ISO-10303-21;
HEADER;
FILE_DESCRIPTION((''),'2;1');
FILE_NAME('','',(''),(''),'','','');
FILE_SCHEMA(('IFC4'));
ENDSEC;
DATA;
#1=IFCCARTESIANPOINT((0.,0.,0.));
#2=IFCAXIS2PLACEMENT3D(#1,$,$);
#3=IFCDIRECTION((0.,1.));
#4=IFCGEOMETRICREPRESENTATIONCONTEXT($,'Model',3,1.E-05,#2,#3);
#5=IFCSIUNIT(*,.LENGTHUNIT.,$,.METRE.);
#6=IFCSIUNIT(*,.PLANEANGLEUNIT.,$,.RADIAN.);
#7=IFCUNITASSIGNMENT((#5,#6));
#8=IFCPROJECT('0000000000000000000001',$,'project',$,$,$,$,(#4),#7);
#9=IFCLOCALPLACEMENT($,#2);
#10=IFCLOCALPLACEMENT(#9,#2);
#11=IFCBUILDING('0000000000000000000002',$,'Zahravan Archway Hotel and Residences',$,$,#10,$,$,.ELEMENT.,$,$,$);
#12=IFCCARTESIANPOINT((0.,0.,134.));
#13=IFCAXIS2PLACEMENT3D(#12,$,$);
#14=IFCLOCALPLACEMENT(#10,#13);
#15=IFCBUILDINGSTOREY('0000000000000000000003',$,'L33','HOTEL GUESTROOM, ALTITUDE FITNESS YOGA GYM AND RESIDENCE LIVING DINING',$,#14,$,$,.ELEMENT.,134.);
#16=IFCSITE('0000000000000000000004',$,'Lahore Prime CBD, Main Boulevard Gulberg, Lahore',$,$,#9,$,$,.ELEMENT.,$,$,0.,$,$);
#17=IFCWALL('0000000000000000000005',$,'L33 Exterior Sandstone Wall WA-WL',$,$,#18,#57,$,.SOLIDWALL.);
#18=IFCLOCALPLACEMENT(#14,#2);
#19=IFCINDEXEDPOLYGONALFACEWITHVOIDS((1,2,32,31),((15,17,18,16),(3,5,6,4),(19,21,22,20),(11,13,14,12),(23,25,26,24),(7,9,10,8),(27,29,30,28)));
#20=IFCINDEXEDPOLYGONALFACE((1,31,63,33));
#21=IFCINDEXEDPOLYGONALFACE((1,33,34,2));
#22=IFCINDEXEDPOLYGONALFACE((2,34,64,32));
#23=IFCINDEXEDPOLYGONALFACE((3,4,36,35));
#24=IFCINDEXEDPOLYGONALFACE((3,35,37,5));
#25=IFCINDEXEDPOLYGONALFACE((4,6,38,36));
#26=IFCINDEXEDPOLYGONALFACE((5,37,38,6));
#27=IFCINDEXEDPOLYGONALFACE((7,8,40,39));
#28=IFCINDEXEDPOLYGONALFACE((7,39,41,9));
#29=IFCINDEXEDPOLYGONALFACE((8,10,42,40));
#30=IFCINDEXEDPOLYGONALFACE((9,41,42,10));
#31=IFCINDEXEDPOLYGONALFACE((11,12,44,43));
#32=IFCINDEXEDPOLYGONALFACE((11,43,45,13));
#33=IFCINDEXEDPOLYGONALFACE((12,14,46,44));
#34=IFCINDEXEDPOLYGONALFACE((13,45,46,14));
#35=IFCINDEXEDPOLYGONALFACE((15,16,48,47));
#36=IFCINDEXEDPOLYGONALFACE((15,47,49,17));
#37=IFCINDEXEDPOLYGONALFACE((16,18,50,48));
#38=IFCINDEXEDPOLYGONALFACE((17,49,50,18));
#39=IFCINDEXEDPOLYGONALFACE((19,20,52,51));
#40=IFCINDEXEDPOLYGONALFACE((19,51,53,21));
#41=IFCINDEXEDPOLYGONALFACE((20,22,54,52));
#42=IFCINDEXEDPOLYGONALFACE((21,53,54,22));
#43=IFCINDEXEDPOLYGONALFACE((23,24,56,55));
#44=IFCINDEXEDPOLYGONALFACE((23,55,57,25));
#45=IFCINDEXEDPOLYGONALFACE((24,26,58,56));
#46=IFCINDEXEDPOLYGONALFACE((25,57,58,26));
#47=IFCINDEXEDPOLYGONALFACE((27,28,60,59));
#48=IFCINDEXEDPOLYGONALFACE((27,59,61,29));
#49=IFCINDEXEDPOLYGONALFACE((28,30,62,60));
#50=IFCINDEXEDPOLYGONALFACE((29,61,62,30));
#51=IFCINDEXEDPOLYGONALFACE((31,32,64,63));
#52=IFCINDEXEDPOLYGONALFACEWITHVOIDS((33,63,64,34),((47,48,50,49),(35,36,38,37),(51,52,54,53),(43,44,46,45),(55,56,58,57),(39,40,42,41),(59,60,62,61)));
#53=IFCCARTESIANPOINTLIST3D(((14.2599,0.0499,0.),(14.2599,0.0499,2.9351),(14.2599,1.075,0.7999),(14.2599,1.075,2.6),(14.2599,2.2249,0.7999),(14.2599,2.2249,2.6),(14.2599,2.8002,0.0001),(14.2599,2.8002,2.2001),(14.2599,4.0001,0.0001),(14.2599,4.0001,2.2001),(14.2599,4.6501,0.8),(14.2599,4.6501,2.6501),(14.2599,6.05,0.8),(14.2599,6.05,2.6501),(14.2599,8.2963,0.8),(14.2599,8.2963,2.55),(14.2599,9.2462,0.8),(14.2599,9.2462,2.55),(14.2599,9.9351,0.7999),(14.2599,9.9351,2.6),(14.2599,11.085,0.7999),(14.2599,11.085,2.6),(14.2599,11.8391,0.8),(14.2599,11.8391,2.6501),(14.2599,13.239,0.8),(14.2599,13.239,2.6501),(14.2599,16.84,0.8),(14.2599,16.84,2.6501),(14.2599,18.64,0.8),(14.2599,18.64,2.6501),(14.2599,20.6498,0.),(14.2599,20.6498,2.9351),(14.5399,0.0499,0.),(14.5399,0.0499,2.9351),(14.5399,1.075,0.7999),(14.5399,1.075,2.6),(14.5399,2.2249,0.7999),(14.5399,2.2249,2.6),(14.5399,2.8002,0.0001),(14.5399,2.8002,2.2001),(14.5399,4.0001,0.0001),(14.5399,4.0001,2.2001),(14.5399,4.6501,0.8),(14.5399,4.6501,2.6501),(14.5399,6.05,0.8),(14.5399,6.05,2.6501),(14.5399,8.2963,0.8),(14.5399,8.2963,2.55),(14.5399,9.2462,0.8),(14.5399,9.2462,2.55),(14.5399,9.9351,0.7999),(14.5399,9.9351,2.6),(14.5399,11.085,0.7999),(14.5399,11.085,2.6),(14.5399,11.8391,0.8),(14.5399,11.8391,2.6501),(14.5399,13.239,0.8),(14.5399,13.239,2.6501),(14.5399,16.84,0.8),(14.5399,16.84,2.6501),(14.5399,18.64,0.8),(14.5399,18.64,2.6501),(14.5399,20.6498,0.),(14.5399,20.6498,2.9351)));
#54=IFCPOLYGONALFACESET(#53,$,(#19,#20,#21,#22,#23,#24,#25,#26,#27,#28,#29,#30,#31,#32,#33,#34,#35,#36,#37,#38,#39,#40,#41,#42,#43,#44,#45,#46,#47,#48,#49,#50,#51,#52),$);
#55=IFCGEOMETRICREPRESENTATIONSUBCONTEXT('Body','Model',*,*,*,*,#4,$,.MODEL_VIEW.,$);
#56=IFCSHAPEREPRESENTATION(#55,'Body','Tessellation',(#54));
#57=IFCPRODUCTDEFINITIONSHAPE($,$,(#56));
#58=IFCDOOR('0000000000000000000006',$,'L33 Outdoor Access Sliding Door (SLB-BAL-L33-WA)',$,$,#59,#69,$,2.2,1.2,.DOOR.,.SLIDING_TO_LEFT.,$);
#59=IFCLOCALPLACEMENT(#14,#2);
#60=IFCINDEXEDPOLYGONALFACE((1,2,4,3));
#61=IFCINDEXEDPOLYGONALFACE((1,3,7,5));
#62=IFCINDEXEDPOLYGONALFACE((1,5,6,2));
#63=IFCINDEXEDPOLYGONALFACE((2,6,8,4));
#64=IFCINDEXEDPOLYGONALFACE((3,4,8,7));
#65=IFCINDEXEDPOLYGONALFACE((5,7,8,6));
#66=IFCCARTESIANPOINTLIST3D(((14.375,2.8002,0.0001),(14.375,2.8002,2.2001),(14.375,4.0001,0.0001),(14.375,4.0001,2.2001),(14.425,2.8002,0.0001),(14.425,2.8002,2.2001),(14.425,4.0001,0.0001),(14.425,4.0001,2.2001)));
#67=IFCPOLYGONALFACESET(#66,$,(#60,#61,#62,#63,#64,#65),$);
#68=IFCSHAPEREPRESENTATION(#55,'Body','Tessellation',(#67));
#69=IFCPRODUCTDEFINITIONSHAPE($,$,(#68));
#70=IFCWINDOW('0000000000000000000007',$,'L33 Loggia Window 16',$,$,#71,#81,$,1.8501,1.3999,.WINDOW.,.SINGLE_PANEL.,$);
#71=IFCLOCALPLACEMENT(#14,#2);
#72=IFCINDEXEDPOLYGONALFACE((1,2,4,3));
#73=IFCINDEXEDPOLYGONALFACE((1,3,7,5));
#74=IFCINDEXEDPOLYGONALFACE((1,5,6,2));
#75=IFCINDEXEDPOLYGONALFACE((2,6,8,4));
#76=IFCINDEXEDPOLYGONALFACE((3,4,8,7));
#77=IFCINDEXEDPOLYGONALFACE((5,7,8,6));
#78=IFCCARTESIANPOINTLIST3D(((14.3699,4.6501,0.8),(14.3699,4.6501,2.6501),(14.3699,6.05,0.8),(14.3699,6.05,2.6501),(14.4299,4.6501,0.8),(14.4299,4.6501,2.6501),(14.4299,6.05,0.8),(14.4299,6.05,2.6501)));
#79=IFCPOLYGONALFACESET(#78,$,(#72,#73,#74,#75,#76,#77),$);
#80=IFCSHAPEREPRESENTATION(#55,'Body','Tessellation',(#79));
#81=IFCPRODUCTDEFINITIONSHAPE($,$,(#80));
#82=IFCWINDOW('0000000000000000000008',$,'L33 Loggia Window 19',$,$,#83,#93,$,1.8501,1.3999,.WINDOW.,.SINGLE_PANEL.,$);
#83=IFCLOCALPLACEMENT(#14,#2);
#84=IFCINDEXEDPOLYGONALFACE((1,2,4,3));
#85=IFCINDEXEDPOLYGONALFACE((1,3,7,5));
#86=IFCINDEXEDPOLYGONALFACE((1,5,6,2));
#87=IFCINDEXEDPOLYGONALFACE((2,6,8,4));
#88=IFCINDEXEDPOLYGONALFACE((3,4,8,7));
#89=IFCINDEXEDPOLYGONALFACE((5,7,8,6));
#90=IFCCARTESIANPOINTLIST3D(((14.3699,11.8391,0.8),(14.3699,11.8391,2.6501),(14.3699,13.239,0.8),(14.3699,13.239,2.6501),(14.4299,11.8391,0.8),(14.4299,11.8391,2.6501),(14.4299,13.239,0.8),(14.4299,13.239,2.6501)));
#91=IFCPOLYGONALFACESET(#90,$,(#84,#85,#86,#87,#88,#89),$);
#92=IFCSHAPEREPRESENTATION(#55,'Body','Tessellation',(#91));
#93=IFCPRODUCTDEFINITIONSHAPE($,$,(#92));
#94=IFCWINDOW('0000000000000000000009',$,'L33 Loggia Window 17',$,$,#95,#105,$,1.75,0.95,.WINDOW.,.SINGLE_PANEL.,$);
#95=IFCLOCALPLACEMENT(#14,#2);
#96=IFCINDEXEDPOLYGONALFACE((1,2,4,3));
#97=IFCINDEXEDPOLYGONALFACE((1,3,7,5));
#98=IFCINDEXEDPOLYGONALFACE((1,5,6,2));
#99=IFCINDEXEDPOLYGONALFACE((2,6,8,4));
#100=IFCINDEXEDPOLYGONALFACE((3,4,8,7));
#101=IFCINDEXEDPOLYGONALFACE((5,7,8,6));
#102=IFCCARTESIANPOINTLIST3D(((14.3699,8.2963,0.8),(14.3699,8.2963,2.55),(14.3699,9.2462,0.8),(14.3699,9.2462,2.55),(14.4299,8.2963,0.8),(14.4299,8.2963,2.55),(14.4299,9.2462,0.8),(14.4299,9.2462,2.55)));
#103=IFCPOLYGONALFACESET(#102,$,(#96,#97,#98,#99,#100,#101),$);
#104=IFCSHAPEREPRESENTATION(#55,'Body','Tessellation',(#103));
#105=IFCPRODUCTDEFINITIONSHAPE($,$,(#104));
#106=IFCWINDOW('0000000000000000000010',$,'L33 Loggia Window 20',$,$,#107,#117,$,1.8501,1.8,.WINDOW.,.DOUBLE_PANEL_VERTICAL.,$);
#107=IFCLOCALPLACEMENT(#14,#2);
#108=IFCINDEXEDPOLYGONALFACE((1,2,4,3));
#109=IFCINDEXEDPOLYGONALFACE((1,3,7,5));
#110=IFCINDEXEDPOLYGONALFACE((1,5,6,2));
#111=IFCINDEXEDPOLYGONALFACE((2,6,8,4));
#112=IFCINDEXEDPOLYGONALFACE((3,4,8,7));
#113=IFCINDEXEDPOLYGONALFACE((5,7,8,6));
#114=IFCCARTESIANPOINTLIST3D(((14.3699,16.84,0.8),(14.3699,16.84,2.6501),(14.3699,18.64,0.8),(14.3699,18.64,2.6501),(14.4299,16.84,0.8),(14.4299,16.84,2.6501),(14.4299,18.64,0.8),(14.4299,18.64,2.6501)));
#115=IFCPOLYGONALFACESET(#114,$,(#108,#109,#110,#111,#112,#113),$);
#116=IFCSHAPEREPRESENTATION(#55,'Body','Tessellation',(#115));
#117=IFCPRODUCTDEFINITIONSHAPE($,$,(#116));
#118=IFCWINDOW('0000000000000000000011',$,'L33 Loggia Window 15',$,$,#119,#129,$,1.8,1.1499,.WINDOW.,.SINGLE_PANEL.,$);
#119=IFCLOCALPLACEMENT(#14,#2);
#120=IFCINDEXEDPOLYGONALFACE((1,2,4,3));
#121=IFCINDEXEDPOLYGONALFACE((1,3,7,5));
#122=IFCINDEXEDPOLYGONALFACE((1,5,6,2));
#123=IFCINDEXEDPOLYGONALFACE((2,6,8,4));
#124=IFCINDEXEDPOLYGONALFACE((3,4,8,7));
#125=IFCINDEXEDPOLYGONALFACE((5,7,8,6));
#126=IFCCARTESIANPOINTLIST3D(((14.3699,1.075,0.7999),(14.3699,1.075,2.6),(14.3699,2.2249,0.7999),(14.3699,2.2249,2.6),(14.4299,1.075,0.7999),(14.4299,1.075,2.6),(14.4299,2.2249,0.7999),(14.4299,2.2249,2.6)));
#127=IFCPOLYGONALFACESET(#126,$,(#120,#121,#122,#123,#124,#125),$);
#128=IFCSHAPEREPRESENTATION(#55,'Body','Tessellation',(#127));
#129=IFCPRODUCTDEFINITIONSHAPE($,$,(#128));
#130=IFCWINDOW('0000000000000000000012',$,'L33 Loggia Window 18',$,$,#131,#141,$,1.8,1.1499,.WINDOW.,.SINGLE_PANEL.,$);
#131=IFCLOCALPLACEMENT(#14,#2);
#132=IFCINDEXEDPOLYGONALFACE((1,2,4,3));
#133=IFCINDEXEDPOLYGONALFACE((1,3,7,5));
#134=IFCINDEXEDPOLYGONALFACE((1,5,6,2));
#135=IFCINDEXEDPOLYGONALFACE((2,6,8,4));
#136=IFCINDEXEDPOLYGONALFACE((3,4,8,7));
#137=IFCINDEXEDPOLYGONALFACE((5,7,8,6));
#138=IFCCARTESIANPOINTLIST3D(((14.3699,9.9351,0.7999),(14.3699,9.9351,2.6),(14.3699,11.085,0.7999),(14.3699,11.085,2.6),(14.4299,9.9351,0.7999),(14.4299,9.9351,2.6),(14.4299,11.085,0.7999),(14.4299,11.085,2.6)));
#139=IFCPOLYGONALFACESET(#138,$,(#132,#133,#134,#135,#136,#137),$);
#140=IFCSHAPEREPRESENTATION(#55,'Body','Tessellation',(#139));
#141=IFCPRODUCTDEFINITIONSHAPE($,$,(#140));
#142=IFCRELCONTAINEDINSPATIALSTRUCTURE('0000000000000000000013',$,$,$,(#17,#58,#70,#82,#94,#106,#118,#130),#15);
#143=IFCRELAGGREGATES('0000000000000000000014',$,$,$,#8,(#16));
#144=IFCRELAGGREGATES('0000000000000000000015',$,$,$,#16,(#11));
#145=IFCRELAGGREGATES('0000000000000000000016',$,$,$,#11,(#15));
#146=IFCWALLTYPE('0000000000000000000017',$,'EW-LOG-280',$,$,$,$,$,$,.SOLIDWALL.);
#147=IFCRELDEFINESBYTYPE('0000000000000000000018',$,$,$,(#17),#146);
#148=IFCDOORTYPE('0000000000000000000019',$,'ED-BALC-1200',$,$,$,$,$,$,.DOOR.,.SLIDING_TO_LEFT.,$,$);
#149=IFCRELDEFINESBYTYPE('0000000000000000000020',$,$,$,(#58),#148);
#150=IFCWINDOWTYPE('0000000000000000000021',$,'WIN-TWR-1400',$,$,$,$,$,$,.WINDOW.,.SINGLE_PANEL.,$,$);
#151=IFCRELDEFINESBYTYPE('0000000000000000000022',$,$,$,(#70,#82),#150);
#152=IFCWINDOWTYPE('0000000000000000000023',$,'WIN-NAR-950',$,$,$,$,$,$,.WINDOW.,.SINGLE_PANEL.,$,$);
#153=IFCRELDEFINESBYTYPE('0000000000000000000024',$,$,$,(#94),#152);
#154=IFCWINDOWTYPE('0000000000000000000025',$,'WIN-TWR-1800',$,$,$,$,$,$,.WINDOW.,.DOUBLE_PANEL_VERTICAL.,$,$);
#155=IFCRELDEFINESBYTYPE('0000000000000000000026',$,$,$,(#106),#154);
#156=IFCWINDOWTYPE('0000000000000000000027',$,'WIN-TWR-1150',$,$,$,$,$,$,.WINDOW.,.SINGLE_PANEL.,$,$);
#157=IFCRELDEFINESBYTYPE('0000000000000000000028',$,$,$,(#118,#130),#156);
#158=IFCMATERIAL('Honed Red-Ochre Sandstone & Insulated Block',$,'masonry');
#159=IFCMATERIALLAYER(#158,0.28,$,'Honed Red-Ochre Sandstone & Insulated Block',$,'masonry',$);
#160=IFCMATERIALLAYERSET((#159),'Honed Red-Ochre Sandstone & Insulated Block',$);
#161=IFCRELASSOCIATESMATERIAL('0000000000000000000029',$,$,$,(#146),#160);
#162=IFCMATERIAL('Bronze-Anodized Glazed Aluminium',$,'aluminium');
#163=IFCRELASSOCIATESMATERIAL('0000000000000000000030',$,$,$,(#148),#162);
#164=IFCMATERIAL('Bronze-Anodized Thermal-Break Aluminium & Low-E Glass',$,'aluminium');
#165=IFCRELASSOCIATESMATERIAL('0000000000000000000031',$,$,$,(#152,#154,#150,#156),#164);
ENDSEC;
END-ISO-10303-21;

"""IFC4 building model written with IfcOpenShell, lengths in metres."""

from ifc_helpers import new_model, si_unit, direction, frame, frame_2d, origin, place, context, subcontext, project, spatial, rectangle, extrude, source, transform, mapped, material, layer, layer_set, type_object, type_shapes, element, fill, save


model = new_model("IFC4")

# Units and contexts
model_context = context("Model", 3, precision=1e-05, world=origin(), true_north=direction((0.0, 1.0)))
body_context = subcontext(model_context, "Body", "Model", "MODEL_VIEW")
ifc_project = project(units=[si_unit("LENGTHUNIT", "METRE"), si_unit("PLANEANGLEUNIT", "RADIAN")], contexts=[model_context])

# Site, building, storey
site_placement = place(None, origin())
site = spatial("IfcSite", under=ifc_project, at=site_placement, Name="Lahore Prime CBD, Main Boulevard Gulberg, Lahore", CompositionType="ELEMENT", RefElevation=0.0)
building_placement = place(site_placement, origin())
building = spatial("IfcBuilding", under=site, at=building_placement, Name="Zahravan Archway Hotel and Residences", CompositionType="ELEMENT")
storey_placement = place(building_placement, frame((0.0, 0.0, 134.0)))
storey = spatial("IfcBuildingStorey", under=building, at=storey_placement, Name="L33", Description="HOTEL GUESTROOM, ALTITUDE FITNESS YOGA GYM AND RESIDENCE LIVING DINING", CompositionType="ELEMENT", Elevation=134.0)

# Wall, openings, door, windows
ifc_material_1 = material(Name="Honed Red-Ochre Sandstone & Insulated Block", Category="masonry")
ifc_layer = layer(ifc_material_1, 0.28, Name="Honed Red-Ochre Sandstone & Insulated Block", Category="masonry")
ifc_layer_set = layer_set([ifc_layer], Name="Honed Red-Ochre Sandstone & Insulated Block")
wall_type = type_object("IfcWallType", Name="EW-LOG-280", PredefinedType="SOLIDWALL", material=ifc_layer_set)
ifc_material_2 = material(Name="Bronze-Anodized Glazed Aluminium", Category="aluminium")
door_type = type_object("IfcDoorType", Name="ED-BALC-1200", OperationType="SLIDING_TO_LEFT", PredefinedType="DOOR", material=ifc_material_2)
shared_shape_1 = source(origin(), body_context, "Body", "SweptSolid", [
    extrude(rectangle(XDim=1.2, YDim=2.2, at=frame_2d((0.6001, 1.1001))), frame((0.0, 0.0249, 0.0), z_axis=(0.0, -1.0, 0.0), x_axis=(1.0, 0.0, 0.0)), (0.0, 0.0, 1.0), 0.05),
])
type_shapes(door_type, [shared_shape_1])
ifc_material_3 = material(Name="Bronze-Anodized Thermal-Break Aluminium & Low-E Glass", Category="aluminium")
window_type_1 = type_object("IfcWindowType", Name="WIN-NAR-950", PartitioningType="SINGLE_PANEL", PredefinedType="WINDOW", material=ifc_material_3)
shared_shape_2 = source(origin(), body_context, "Body", "SweptSolid", [
    extrude(rectangle(XDim=0.95, YDim=1.75, at=frame_2d((0.4751, 0.875))), frame((0.0, 0.03, 0.0), z_axis=(0.0, -1.0, 0.0), x_axis=(1.0, 0.0, 0.0)), (0.0, 0.0, 1.0), 0.0601),
])
type_shapes(window_type_1, [shared_shape_2])
window_type_2 = type_object("IfcWindowType", Name="WIN-TWR-1800", PartitioningType="DOUBLE_PANEL_VERTICAL", PredefinedType="WINDOW", material=ifc_material_3)
shared_shape_3 = source(origin(), body_context, "Body", "SweptSolid", [
    extrude(rectangle(XDim=1.8, YDim=1.8501, at=frame_2d((0.8999, 0.925))), frame((0.0, 0.03, 0.0), z_axis=(0.0, -1.0, 0.0), x_axis=(1.0, 0.0, 0.0)), (0.0, 0.0, 1.0), 0.0601),
])
type_shapes(window_type_2, [shared_shape_3])
wall_1_placement = place(storey_placement, frame((14.3999, 0.05, 0.0), z_axis=(0.0, 0.0, 1.0), x_axis=(0.0, 1.0, 0.0)))
wall_1 = element("IfcWall", 1, at=wall_1_placement, inside=storey, type_object=wall_type, Name="L33 Exterior Sandstone Wall WA-WL", PredefinedType="SOLIDWALL", context=body_context, shape_type="SweptSolid", body=[
    extrude(rectangle(XDim=20.5999, YDim=0.28, at=frame_2d((10.2998, 0.0))), origin(), (0.0, 0.0, 1.0), 2.9351),
])
opening_1_placement = place(wall_1_placement, frame((2.75, 0.0, 0.0)))
opening_1 = element("IfcOpeningElement", 2, at=opening_1_placement, cuts=wall_1, PredefinedType="OPENING", context=body_context, shape_type="SweptSolid", body=[
    extrude(rectangle(XDim=1.2, YDim=2.2, at=frame_2d((0.6001, 1.1001))), frame((0.0, 0.1499, 0.0), z_axis=(0.0, -1.0, 0.0), x_axis=(1.0, 0.0, 0.0)), (0.0, 0.0, 1.0), 0.3),
])
opening_2_placement = place(wall_1_placement, frame((1.0249, 0.0, 0.8)))
opening_2 = element("IfcOpeningElement", 3, at=opening_2_placement, cuts=wall_1, PredefinedType="OPENING", context=body_context, shape_type="SweptSolid", body=[
    extrude(rectangle(XDim=1.1499, YDim=1.8, at=frame_2d((0.575, 0.8999))), frame((0.0, 0.1499, 0.0), z_axis=(0.0, -1.0, 0.0), x_axis=(1.0, 0.0, 0.0)), (0.0, 0.0, 1.0), 0.3),
])
opening_3_placement = place(wall_1_placement, frame((4.6001, 0.0, 0.8)))
opening_3 = element("IfcOpeningElement", 4, at=opening_3_placement, cuts=wall_1, PredefinedType="OPENING", context=body_context, shape_type="SweptSolid", body=[
    extrude(rectangle(XDim=1.3999, YDim=1.8501, at=frame_2d((0.7, 0.925))), frame((0.0, 0.1499, 0.0), z_axis=(0.0, -1.0, 0.0), x_axis=(1.0, 0.0, 0.0)), (0.0, 0.0, 1.0), 0.3),
])
opening_4_placement = place(wall_1_placement, frame((8.2461, 0.0, 0.8)))
opening_4 = element("IfcOpeningElement", 5, at=opening_4_placement, cuts=wall_1, PredefinedType="OPENING", context=body_context, shape_type="SweptSolid", body=[
    extrude(rectangle(XDim=0.95, YDim=1.75, at=frame_2d((0.4751, 0.875))), frame((0.0, 0.1499, 0.0), z_axis=(0.0, -1.0, 0.0), x_axis=(1.0, 0.0, 0.0)), (0.0, 0.0, 1.0), 0.3),
])
opening_5_placement = place(wall_1_placement, frame((9.885, 0.0, 0.8)))
opening_5 = element("IfcOpeningElement", 6, at=opening_5_placement, cuts=wall_1, PredefinedType="OPENING", context=body_context, shape_type="SweptSolid", body=[
    extrude(rectangle(XDim=1.1499, YDim=1.8, at=frame_2d((0.575, 0.8999))), frame((0.0, 0.1499, 0.0), z_axis=(0.0, -1.0, 0.0), x_axis=(1.0, 0.0, 0.0)), (0.0, 0.0, 1.0), 0.3),
])
opening_6_placement = place(wall_1_placement, frame((11.7891, 0.0, 0.8)))
opening_6 = element("IfcOpeningElement", 7, at=opening_6_placement, cuts=wall_1, PredefinedType="OPENING", context=body_context, shape_type="SweptSolid", body=[
    extrude(rectangle(XDim=1.3999, YDim=1.8501, at=frame_2d((0.7, 0.925))), frame((0.0, 0.1499, 0.0), z_axis=(0.0, -1.0, 0.0), x_axis=(1.0, 0.0, 0.0)), (0.0, 0.0, 1.0), 0.3),
])
opening_7_placement = place(wall_1_placement, frame((16.79, 0.0, 0.8)))
opening_7 = element("IfcOpeningElement", 8, at=opening_7_placement, cuts=wall_1, PredefinedType="OPENING", context=body_context, shape_type="SweptSolid", body=[
    extrude(rectangle(XDim=1.8, YDim=1.8501, at=frame_2d((0.8999, 0.925))), frame((0.0, 0.1499, 0.0), z_axis=(0.0, -1.0, 0.0), x_axis=(1.0, 0.0, 0.0)), (0.0, 0.0, 1.0), 0.3),
])
door_1_placement = place(opening_1_placement, origin())
door_1 = element("IfcDoor", 9, at=door_1_placement, inside=storey, type_object=door_type, Name="L33 Outdoor Access Sliding Door (SLB-BAL-L33-WA)", OperationType="SLIDING_TO_LEFT", OverallHeight=2.2, OverallWidth=1.2, PredefinedType="DOOR", context=body_context, shape_type="MappedRepresentation", body=[
    mapped(shared_shape_1, transform((0.0, 0.0, 0.0), scale=1.0)),
])
fill(opening_1, door_1)
window_type_3 = type_object("IfcWindowType", Name="WIN-TWR-1400", PartitioningType="SINGLE_PANEL", PredefinedType="WINDOW", material=ifc_material_3)
shared_shape_4 = source(origin(), body_context, "Body", "SweptSolid", [
    extrude(rectangle(XDim=1.3999, YDim=1.8501, at=frame_2d((0.7, 0.925))), frame((0.0, 0.03, 0.0), z_axis=(0.0, -1.0, 0.0), x_axis=(1.0, 0.0, 0.0)), (0.0, 0.0, 1.0), 0.0601),
])
type_shapes(window_type_3, [shared_shape_4])
window_1_placement = place(opening_3_placement, origin())
window_1 = element("IfcWindow", 10, at=window_1_placement, inside=storey, type_object=window_type_3, Name="L33 Loggia Window 16", OverallHeight=1.8501, OverallWidth=1.3999, PartitioningType="SINGLE_PANEL", PredefinedType="WINDOW", context=body_context, shape_type="MappedRepresentation", body=[
    mapped(shared_shape_4, transform((0.0, 0.0, 0.0), scale=1.0)),
])
fill(opening_3, window_1)
window_2_placement = place(opening_6_placement, origin())
window_2 = element("IfcWindow", 11, at=window_2_placement, inside=storey, type_object=window_type_3, Name="L33 Loggia Window 19", OverallHeight=1.8501, OverallWidth=1.3999, PartitioningType="SINGLE_PANEL", PredefinedType="WINDOW", context=body_context, shape_type="MappedRepresentation", body=[
    mapped(shared_shape_4, transform((0.0, 0.0, 0.0), scale=1.0)),
])
fill(opening_6, window_2)
window_3_placement = place(opening_4_placement, origin())
window_3 = element("IfcWindow", 12, at=window_3_placement, inside=storey, type_object=window_type_1, Name="L33 Loggia Window 17", OverallHeight=1.75, OverallWidth=0.95, PartitioningType="SINGLE_PANEL", PredefinedType="WINDOW", context=body_context, shape_type="MappedRepresentation", body=[
    mapped(shared_shape_2, transform((0.0, 0.0, 0.0), scale=1.0)),
])
fill(opening_4, window_3)
window_4_placement = place(opening_7_placement, origin())
window_4 = element("IfcWindow", 13, at=window_4_placement, inside=storey, type_object=window_type_2, Name="L33 Loggia Window 20", OverallHeight=1.8501, OverallWidth=1.8, PartitioningType="DOUBLE_PANEL_VERTICAL", PredefinedType="WINDOW", context=body_context, shape_type="MappedRepresentation", body=[
    mapped(shared_shape_3, transform((0.0, 0.0, 0.0), scale=1.0)),
])
fill(opening_7, window_4)
window_type_4 = type_object("IfcWindowType", Name="WIN-TWR-1150", PartitioningType="SINGLE_PANEL", PredefinedType="WINDOW", material=ifc_material_3)
shared_shape_5 = source(origin(), body_context, "Body", "SweptSolid", [
    extrude(rectangle(XDim=1.1499, YDim=1.8, at=frame_2d((0.575, 0.8999))), frame((0.0, 0.03, 0.0), z_axis=(0.0, -1.0, 0.0), x_axis=(1.0, 0.0, 0.0)), (0.0, 0.0, 1.0), 0.0601),
])
type_shapes(window_type_4, [shared_shape_5])
window_5_placement = place(opening_2_placement, origin())
window_5 = element("IfcWindow", 14, at=window_5_placement, inside=storey, type_object=window_type_4, Name="L33 Loggia Window 15", OverallHeight=1.8, OverallWidth=1.1499, PartitioningType="SINGLE_PANEL", PredefinedType="WINDOW", context=body_context, shape_type="MappedRepresentation", body=[
    mapped(shared_shape_5, transform((0.0, 0.0, 0.0), scale=1.0)),
])
fill(opening_2, window_5)
window_6_placement = place(opening_5_placement, origin())
window_6 = element("IfcWindow", 15, at=window_6_placement, inside=storey, type_object=window_type_4, Name="L33 Loggia Window 18", OverallHeight=1.8, OverallWidth=1.1499, PartitioningType="SINGLE_PANEL", PredefinedType="WINDOW", context=body_context, shape_type="MappedRepresentation", body=[
    mapped(shared_shape_5, transform((0.0, 0.0, 0.0), scale=1.0)),
])
fill(opening_5, window_6)

save(model, "model.ifc")
